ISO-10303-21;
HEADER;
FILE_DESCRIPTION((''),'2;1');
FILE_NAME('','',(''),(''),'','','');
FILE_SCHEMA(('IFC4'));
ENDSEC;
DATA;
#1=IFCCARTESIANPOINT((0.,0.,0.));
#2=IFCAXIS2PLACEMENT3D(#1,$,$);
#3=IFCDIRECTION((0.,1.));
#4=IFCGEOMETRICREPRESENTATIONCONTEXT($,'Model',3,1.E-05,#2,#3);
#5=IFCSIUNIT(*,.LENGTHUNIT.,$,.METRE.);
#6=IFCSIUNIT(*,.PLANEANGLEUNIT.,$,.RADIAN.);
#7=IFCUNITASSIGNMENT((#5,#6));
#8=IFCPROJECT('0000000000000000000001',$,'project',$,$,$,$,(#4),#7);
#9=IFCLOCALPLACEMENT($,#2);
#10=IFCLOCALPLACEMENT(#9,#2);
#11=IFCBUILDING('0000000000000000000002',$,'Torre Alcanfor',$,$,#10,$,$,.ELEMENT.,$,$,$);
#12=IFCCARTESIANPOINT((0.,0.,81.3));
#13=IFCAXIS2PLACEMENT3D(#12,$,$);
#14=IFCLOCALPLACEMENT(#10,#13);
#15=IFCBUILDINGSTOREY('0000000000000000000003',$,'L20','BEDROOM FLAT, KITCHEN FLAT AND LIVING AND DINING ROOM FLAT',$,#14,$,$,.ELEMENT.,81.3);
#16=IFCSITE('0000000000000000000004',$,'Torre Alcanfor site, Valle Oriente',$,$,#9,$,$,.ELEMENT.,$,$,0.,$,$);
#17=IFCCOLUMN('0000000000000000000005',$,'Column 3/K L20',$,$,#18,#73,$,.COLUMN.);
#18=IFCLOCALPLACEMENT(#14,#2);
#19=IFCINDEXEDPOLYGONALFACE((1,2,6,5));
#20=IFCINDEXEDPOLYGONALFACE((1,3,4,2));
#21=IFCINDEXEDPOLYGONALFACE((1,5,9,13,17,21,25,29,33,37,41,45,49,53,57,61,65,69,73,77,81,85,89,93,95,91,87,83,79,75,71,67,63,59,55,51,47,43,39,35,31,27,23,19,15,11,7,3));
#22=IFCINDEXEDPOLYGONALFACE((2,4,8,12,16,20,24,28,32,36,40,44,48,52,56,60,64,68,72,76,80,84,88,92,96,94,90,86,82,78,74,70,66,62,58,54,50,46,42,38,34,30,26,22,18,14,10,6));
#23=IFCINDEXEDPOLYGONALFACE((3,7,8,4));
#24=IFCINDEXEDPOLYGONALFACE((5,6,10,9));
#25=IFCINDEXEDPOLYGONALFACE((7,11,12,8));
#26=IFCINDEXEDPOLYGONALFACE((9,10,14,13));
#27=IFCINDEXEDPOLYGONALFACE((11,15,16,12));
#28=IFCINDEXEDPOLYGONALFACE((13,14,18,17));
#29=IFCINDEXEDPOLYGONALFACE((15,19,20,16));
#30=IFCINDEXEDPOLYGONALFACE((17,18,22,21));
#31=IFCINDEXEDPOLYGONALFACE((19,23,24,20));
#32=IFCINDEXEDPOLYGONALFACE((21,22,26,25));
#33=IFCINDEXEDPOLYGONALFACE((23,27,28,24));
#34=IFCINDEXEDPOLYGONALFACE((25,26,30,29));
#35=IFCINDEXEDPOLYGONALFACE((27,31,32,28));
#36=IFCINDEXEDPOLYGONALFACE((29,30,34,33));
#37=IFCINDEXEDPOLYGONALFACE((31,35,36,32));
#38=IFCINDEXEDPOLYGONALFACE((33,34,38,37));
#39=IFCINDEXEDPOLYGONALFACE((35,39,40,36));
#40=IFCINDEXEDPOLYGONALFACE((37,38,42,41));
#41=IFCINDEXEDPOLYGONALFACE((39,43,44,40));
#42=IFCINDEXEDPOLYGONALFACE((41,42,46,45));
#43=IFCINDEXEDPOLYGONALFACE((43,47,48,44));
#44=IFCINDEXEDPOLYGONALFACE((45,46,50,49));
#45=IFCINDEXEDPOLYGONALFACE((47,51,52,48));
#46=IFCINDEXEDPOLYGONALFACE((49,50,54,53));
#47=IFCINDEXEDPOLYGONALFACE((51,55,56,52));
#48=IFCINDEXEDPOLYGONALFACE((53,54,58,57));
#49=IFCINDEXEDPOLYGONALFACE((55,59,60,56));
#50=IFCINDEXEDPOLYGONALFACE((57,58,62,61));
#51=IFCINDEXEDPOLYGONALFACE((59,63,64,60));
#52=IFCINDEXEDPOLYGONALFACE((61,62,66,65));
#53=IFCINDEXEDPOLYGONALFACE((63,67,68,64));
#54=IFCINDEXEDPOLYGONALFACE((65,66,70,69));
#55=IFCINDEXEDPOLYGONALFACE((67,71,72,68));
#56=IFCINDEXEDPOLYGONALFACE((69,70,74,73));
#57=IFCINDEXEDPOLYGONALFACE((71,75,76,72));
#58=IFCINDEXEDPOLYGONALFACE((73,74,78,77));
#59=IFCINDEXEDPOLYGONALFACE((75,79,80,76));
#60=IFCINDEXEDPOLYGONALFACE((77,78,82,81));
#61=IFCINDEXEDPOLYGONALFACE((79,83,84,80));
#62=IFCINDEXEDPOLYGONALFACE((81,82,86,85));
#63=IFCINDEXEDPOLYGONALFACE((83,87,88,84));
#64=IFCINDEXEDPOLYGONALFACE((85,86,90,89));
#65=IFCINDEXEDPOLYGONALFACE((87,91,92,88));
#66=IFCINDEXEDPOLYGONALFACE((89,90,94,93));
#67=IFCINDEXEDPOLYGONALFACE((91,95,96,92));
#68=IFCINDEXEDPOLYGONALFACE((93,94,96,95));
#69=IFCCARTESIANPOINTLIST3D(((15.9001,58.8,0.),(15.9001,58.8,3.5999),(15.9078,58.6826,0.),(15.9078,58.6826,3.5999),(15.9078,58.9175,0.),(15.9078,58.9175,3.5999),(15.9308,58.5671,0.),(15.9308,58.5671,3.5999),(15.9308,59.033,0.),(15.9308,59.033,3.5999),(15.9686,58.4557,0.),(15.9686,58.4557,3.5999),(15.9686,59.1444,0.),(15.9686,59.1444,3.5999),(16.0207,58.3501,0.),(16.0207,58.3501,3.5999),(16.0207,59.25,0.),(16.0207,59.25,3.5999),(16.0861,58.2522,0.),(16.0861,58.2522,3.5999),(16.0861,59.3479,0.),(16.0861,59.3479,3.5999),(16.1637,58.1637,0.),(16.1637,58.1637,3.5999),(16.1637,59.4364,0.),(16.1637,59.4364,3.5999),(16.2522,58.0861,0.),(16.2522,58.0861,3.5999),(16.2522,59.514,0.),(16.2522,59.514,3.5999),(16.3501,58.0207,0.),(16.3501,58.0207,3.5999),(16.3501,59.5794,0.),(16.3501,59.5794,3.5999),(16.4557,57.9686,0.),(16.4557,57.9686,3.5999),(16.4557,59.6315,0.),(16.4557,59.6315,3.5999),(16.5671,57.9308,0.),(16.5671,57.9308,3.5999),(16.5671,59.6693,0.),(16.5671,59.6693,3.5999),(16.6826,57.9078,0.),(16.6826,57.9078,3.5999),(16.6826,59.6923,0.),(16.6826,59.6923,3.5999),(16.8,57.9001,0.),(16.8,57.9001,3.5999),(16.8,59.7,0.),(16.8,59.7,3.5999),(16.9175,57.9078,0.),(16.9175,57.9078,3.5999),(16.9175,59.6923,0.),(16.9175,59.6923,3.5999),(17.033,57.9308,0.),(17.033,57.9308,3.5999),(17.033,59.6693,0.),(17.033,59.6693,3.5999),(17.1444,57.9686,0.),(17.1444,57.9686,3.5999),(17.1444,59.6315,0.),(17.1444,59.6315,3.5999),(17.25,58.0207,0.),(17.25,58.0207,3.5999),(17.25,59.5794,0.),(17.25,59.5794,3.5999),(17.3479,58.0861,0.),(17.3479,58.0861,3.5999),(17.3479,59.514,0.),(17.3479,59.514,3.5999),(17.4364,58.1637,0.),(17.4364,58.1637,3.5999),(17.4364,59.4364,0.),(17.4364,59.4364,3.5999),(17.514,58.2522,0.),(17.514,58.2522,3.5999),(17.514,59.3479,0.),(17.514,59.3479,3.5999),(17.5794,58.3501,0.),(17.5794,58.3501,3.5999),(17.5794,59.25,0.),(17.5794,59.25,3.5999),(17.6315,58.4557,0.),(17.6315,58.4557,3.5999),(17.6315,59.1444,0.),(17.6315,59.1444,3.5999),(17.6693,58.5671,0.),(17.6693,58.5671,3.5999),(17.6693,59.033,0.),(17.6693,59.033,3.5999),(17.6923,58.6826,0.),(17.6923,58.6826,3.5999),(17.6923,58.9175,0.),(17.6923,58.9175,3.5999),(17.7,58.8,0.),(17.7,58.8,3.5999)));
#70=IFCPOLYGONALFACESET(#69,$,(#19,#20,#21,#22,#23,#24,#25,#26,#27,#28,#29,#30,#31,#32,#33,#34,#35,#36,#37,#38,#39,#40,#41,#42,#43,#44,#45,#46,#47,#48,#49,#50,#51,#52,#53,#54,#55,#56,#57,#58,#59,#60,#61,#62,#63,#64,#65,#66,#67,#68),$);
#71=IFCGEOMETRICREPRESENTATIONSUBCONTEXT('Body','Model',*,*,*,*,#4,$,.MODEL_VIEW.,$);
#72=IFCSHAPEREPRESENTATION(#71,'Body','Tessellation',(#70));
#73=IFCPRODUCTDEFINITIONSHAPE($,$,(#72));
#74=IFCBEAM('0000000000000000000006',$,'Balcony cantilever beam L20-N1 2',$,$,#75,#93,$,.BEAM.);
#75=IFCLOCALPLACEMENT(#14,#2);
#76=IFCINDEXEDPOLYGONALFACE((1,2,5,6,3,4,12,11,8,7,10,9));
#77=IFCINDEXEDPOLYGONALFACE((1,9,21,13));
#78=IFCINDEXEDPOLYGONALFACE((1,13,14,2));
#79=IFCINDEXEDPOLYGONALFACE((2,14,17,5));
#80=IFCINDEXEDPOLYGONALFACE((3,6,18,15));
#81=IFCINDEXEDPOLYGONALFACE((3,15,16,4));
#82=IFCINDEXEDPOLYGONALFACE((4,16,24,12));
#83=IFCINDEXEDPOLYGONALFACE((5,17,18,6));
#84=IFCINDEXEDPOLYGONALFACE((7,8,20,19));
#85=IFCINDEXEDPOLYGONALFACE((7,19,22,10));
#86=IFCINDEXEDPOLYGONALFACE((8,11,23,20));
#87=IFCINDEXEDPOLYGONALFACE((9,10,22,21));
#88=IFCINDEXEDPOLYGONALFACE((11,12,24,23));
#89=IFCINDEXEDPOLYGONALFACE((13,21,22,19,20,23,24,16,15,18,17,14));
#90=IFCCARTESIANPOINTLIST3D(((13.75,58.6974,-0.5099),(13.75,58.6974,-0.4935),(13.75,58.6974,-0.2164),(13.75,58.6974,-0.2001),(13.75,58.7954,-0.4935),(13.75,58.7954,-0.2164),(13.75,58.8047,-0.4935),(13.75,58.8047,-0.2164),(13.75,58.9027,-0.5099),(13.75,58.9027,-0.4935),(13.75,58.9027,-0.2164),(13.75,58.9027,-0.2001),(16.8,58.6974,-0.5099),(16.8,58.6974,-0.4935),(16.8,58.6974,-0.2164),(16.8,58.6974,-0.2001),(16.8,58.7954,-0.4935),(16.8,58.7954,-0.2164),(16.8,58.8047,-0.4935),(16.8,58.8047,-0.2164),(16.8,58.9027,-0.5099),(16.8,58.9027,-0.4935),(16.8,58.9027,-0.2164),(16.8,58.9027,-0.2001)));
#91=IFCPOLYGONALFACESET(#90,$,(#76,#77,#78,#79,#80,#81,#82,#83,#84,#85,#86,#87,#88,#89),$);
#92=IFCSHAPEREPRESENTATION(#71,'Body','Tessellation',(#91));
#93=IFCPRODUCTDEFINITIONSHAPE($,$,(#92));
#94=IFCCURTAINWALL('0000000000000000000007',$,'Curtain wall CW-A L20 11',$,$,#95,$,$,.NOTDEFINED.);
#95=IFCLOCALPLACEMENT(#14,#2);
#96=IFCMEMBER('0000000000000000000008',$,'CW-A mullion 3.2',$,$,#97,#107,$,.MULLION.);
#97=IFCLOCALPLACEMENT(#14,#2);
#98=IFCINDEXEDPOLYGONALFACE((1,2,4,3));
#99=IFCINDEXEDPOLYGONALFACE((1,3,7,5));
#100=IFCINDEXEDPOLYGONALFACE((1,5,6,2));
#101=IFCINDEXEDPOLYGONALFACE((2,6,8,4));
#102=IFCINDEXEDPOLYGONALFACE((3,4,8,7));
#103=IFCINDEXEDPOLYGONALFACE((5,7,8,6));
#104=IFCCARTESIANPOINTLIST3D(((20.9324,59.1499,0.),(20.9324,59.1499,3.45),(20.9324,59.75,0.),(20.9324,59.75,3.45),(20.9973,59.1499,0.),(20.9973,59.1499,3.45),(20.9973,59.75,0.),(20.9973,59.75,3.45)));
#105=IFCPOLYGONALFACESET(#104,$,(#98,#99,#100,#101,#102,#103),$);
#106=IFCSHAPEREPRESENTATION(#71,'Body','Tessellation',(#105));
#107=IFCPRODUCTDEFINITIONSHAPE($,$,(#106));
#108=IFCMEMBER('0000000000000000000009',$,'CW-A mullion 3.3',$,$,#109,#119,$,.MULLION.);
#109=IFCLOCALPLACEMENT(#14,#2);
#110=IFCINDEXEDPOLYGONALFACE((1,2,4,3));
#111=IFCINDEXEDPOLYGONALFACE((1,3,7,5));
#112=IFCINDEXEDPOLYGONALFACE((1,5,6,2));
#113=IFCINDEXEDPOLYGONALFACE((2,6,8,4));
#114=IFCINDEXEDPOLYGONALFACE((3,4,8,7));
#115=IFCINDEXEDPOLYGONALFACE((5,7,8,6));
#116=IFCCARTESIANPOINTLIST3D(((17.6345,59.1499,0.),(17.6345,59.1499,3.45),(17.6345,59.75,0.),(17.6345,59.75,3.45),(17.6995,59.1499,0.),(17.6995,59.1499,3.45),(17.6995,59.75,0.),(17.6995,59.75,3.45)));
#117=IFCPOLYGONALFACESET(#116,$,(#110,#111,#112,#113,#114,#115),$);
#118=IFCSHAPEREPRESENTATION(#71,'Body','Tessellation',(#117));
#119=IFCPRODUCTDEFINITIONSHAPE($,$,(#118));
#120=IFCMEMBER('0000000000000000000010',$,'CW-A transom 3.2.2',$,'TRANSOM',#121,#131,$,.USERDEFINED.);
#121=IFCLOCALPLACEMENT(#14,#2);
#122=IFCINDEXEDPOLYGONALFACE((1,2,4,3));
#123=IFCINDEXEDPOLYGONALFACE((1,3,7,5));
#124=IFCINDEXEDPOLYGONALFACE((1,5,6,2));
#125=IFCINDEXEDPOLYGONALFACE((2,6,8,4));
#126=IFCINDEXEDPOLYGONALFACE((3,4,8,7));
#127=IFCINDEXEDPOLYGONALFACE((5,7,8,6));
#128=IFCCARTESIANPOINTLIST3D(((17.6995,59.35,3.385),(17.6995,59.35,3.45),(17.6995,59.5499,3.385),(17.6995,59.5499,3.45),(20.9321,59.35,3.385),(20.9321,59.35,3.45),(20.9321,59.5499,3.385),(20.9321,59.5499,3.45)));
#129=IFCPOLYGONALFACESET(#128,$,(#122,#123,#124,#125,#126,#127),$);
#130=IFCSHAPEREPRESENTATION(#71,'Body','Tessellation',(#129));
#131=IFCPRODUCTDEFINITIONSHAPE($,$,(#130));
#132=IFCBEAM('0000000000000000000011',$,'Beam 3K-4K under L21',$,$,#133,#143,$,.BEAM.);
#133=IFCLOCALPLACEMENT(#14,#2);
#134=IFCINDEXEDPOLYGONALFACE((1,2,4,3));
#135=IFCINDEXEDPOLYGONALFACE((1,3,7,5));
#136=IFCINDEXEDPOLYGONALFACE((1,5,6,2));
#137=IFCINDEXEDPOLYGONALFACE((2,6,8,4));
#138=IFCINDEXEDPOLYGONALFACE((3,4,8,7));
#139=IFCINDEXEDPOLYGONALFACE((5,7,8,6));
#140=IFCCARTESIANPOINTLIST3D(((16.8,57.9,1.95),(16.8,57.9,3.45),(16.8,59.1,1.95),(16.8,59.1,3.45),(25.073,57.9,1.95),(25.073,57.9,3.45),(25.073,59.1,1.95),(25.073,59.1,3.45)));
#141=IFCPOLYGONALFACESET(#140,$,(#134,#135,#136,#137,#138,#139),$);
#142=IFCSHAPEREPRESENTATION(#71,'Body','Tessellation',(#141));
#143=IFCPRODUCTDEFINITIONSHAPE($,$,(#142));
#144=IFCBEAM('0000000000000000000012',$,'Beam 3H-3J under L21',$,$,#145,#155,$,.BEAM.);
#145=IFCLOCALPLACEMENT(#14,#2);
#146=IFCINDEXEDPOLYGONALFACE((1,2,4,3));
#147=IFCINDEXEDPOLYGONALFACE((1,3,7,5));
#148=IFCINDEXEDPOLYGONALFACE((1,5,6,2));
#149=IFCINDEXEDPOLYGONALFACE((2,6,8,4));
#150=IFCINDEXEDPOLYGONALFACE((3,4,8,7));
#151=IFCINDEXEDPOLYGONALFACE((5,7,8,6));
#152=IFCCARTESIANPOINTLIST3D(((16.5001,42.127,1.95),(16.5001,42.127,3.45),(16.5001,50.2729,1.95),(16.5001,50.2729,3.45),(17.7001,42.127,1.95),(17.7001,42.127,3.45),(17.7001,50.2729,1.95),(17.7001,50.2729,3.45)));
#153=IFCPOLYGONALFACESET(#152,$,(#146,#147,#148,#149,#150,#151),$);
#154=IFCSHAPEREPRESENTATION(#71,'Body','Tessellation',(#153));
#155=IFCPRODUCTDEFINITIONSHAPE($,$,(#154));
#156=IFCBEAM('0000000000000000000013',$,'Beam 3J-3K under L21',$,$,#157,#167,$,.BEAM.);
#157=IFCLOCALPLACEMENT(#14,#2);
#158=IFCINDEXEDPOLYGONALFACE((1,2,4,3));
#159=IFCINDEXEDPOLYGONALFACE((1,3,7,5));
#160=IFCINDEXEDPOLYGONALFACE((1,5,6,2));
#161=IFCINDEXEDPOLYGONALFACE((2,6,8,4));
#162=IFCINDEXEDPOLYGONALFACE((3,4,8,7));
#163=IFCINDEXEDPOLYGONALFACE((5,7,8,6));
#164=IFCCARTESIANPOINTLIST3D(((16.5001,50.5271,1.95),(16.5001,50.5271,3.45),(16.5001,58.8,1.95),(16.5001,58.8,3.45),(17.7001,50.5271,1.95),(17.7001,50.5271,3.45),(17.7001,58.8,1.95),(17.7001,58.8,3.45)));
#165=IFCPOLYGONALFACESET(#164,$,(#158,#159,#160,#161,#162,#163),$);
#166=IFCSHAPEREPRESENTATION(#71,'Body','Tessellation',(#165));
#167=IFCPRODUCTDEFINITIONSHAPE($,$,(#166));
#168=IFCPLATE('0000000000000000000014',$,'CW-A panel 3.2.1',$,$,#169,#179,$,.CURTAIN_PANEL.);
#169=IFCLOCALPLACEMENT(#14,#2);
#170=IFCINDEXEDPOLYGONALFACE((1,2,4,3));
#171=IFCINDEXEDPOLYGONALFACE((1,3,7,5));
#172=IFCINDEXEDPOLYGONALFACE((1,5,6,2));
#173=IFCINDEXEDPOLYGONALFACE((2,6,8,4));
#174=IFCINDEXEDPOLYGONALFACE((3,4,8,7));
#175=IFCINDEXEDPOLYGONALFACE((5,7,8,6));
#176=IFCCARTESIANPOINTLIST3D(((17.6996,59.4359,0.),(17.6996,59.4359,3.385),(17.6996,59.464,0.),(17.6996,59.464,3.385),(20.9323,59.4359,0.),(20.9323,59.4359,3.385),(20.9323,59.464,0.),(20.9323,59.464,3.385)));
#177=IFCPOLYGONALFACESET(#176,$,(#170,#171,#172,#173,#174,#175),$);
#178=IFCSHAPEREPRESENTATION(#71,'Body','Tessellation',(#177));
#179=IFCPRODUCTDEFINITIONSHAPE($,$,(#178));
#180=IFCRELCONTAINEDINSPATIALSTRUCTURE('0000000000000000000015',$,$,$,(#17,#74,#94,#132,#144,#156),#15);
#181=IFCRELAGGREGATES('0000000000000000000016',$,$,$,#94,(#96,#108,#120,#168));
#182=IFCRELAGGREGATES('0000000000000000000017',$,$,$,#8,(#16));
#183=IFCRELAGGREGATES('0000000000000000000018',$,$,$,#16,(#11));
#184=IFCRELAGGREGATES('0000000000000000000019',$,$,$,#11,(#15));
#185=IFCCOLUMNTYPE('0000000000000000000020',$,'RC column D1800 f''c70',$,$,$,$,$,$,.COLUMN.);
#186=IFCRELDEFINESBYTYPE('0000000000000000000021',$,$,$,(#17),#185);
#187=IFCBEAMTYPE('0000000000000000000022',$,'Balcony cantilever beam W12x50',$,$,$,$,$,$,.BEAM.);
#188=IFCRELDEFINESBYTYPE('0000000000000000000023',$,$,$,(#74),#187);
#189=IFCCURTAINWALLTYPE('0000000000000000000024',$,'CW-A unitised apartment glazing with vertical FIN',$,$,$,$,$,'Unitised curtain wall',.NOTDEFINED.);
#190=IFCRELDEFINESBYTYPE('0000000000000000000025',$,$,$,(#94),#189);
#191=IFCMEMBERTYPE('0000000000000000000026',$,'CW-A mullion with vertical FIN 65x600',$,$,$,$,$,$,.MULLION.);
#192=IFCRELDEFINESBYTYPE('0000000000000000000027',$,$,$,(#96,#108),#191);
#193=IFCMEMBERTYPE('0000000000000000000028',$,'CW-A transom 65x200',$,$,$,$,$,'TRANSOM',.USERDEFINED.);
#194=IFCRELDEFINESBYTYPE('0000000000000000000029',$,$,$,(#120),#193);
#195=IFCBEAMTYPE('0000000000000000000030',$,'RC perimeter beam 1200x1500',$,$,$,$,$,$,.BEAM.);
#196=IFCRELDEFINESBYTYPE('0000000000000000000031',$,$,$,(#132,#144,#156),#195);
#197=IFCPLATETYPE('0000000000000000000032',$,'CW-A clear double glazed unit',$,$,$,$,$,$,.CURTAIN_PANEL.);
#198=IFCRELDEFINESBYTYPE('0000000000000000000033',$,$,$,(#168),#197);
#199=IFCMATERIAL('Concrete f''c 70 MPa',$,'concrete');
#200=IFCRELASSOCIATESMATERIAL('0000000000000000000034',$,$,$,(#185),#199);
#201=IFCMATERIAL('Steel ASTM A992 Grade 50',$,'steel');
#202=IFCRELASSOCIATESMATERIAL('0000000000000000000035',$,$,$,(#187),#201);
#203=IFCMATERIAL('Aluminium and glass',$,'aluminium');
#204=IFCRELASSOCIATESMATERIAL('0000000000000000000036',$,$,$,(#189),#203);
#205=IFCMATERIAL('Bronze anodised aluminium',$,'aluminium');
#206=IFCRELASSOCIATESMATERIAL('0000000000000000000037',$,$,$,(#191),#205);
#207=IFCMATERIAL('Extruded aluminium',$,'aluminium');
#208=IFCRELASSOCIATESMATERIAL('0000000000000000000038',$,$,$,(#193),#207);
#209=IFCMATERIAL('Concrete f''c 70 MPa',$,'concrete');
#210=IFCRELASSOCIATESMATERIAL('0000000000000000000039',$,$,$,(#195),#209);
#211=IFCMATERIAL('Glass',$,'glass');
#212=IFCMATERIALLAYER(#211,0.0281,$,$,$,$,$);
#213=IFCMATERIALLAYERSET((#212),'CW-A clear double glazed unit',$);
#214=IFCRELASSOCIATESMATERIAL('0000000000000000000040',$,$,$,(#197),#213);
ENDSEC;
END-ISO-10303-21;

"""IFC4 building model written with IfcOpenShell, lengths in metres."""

from ifc_helpers import new_model, si_unit, direction, frame, origin, origin_2d, place, context, subcontext, project, spatial, rectangle, circle, i_section, extrude, material, layer, layer_set, material_profile, profile_set, type_object, element, aggregate, save


model = new_model("IFC4")

# Units and contexts
model_context = context("Model", 3, precision=1e-05, world=origin(), true_north=direction((0.0, 1.0)))
body_context = subcontext(model_context, "Body", "Model", "MODEL_VIEW")
ifc_project = project(units=[si_unit("LENGTHUNIT", "METRE"), si_unit("PLANEANGLEUNIT", "RADIAN")], contexts=[model_context])

# Site, building, storey
site_placement = place(None, origin())
site = spatial("IfcSite", under=ifc_project, at=site_placement, Name="Torre Alcanfor site, Valle Oriente", CompositionType="ELEMENT", RefElevation=0.0)
building_placement = place(site_placement, origin())
building = spatial("IfcBuilding", under=site, at=building_placement, Name="Torre Alcanfor", CompositionType="ELEMENT")
storey_placement = place(building_placement, frame((0.0, 0.0, 81.3)))
storey = spatial("IfcBuildingStorey", under=building, at=storey_placement, Name="L20", Description="BEDROOM FLAT, KITCHEN FLAT AND LIVING AND DINING ROOM FLAT", CompositionType="ELEMENT", Elevation=81.3)

# Column
ifc_material_1 = material(Name="Concrete f'c 70 MPa", Category="concrete")
ifc_material_profile_1 = material_profile(ifc_material_1, circle(Radius=0.8999, at=origin_2d()), Name="D1800")
ifc_profile_set_1 = profile_set([ifc_material_profile_1], Name="Concrete f'c 70 MPa")
column_type = type_object("IfcColumnType", Name="RC column D1800 f'c70", PredefinedType="COLUMN", material=ifc_profile_set_1)
column_placement = place(storey_placement, frame((16.8, 58.8, 0.0), z_axis=(0.0, 0.0, 1.0), x_axis=(1.0, 0.0, 0.0)))
element("IfcColumn", 1, at=column_placement, inside=storey, type_object=column_type, Name="Column 3/K L20", PredefinedType="COLUMN", context=body_context, shape_type="SweptSolid", body=[
    extrude(circle(Radius=0.8999, at=origin_2d()), origin(), (0.0, 0.0, 1.0), 3.5999),
])

# Beam
ifc_material_2 = material(Name="Steel ASTM A992 Grade 50", Category="steel")
ifc_material_profile_2 = material_profile(ifc_material_2, i_section(OverallWidth=0.2053, OverallDepth=0.3098, WebThickness=0.0093, FlangeThickness=0.0164, at=origin_2d()), Name="W12x50")
ifc_profile_set_2 = profile_set([ifc_material_profile_2], Name="Steel ASTM A992 Grade 50")
beam_type_1 = type_object("IfcBeamType", Name="Balcony cantilever beam W12x50", PredefinedType="BEAM", material=ifc_profile_set_2)
beam_1_placement = place(storey_placement, frame((16.8, 58.8, -0.355), z_axis=(-1.0, 0.0, 0.0), x_axis=(0.0, -1.0, 0.0)))
element("IfcBeam", 2, at=beam_1_placement, inside=storey, type_object=beam_type_1, Name="Balcony cantilever beam L20-N1 2", PredefinedType="BEAM", context=body_context, shape_type="SweptSolid", body=[
    extrude(i_section(OverallWidth=0.2053, OverallDepth=0.3098, WebThickness=0.0093, FlangeThickness=0.0164, at=origin_2d()), origin(), (0.0, 0.0, 1.0), 3.05),
])

# Curtain wall, members
ifc_material_3 = material(Name="Aluminium and glass", Category="aluminium")
curtain_wall_type = type_object("IfcCurtainWallType", Name="CW-A unitised apartment glazing with vertical FIN", ElementType="Unitised curtain wall", PredefinedType="NOTDEFINED", material=ifc_material_3)
curtain_wall_placement = place(storey_placement, origin())
curtain_wall = element("IfcCurtainWall", 3, at=curtain_wall_placement, inside=storey, type_object=curtain_wall_type, Name="Curtain wall CW-A L20 11", PredefinedType="NOTDEFINED")
ifc_material_4 = material(Name="Bronze anodised aluminium", Category="aluminium")
ifc_material_profile_3 = material_profile(ifc_material_4, rectangle(XDim=0.6001, YDim=0.0649, at=origin_2d()), Name="CW-A mullion 65x600")
ifc_profile_set_3 = profile_set([ifc_material_profile_3], Name="Bronze anodised aluminium")
member_type_1 = type_object("IfcMemberType", Name="CW-A mullion with vertical FIN 65x600", PredefinedType="MULLION", material=ifc_profile_set_3)
member_1_placement = place(storey_placement, frame((20.9648, 59.45, 0.0), z_axis=(0.0, 0.0, 1.0), x_axis=(0.0, -1.0, 0.0)))
member_1 = element("IfcMember", 4, at=member_1_placement, type_object=member_type_1, Name="CW-A mullion 3.2", PredefinedType="MULLION", context=body_context, shape_type="SweptSolid", body=[
    extrude(rectangle(XDim=0.6001, YDim=0.0649, at=origin_2d()), origin(), (0.0, 0.0, 1.0), 3.45),
])
member_2_placement = place(storey_placement, frame((17.667, 59.45, 0.0), z_axis=(0.0, 0.0, 1.0), x_axis=(0.0, -1.0, 0.0)))
member_2 = element("IfcMember", 5, at=member_2_placement, type_object=member_type_1, Name="CW-A mullion 3.3", PredefinedType="MULLION", context=body_context, shape_type="SweptSolid", body=[
    extrude(rectangle(XDim=0.6001, YDim=0.0649, at=origin_2d()), origin(), (0.0, 0.0, 1.0), 3.45),
])
ifc_material_5 = material(Name="Extruded aluminium", Category="aluminium")
ifc_material_profile_4 = material_profile(ifc_material_5, rectangle(XDim=0.2, YDim=0.0649, at=origin_2d()), Name="CW-A transom 200x65")
ifc_profile_set_4 = profile_set([ifc_material_profile_4], Name="Extruded aluminium")
member_type_2 = type_object("IfcMemberType", Name="CW-A transom 65x200", ElementType="TRANSOM", PredefinedType="USERDEFINED", material=ifc_profile_set_4)
member_3_placement = place(storey_placement, frame((20.9321, 59.45, 3.4175), z_axis=(-1.0, 0.0, 0.0), x_axis=(0.0, -1.0, 0.0)))
member_3 = element("IfcMember", 6, at=member_3_placement, type_object=member_type_2, Name="CW-A transom 3.2.2", ObjectType="TRANSOM", PredefinedType="USERDEFINED", context=body_context, shape_type="SweptSolid", body=[
    extrude(rectangle(XDim=0.2, YDim=0.0649, at=origin_2d()), origin(), (0.0, 0.0, 1.0), 3.2327),
])

# Beams
ifc_material_6 = material(Name="Concrete f'c 70 MPa", Category="concrete")
ifc_material_profile_5 = material_profile(ifc_material_6, rectangle(XDim=1.2, YDim=1.5, at=origin_2d()), Name="1200x1500")
ifc_profile_set_5 = profile_set([ifc_material_profile_5], Name="Concrete f'c 70 MPa")
beam_type_2 = type_object("IfcBeamType", Name="RC perimeter beam 1200x1500", PredefinedType="BEAM", material=ifc_profile_set_5)
beam_2_placement = place(storey_placement, frame((16.8, 58.5, 2.7), z_axis=(1.0, 0.0, 0.0), x_axis=(0.0, 1.0, 0.0)))
element("IfcBeam", 7, at=beam_2_placement, inside=storey, type_object=beam_type_2, Name="Beam 3K-4K under L21", PredefinedType="BEAM", context=body_context, shape_type="SweptSolid", body=[
    extrude(rectangle(XDim=1.2, YDim=1.5, at=origin_2d()), origin(), (0.0, 0.0, 1.0), 8.2729),
])
beam_3_placement = place(storey_placement, frame((17.1001, 42.127, 2.7), z_axis=(0.0, 1.0, 0.0), x_axis=(-1.0, 0.0, 0.0)))
element("IfcBeam", 8, at=beam_3_placement, inside=storey, type_object=beam_type_2, Name="Beam 3H-3J under L21", PredefinedType="BEAM", context=body_context, shape_type="SweptSolid", body=[
    extrude(rectangle(XDim=1.2, YDim=1.5, at=origin_2d()), origin(), (0.0, 0.0, 1.0), 8.146),
])
beam_4_placement = place(storey_placement, frame((17.1001, 50.5271, 2.7), z_axis=(0.0, 1.0, 0.0), x_axis=(-1.0, 0.0, 0.0)))
element("IfcBeam", 9, at=beam_4_placement, inside=storey, type_object=beam_type_2, Name="Beam 3J-3K under L21", PredefinedType="BEAM", context=body_context, shape_type="SweptSolid", body=[
    extrude(rectangle(XDim=1.2, YDim=1.5, at=origin_2d()), origin(), (0.0, 0.0, 1.0), 8.2729),
])

# Plate
ifc_material_7 = material(Name="Glass", Category="glass")
ifc_layer_1 = layer(ifc_material_7, 0.0281)
ifc_layer_set_1 = layer_set([ifc_layer_1], Name="CW-A clear double glazed unit")
plate_type = type_object("IfcPlateType", Name="CW-A clear double glazed unit", PredefinedType="CURTAIN_PANEL", material=ifc_layer_set_1)
plate_placement = place(storey_placement, frame((19.3159, 59.45, 0.0), z_axis=(0.0, 0.0, 1.0), x_axis=(-1.0, 0.0, 0.0)))
plate = element("IfcPlate", 10, at=plate_placement, type_object=plate_type, Name="CW-A panel 3.2.1", PredefinedType="CURTAIN_PANEL", context=body_context, shape_type="SweptSolid", body=[
    extrude(rectangle(XDim=3.2327, YDim=0.0281, at=origin_2d()), origin(), (0.0, 0.0, 1.0), 3.385),
])
aggregate(curtain_wall, [member_1, member_2, member_3, plate])

save(model, "model.ifc")
